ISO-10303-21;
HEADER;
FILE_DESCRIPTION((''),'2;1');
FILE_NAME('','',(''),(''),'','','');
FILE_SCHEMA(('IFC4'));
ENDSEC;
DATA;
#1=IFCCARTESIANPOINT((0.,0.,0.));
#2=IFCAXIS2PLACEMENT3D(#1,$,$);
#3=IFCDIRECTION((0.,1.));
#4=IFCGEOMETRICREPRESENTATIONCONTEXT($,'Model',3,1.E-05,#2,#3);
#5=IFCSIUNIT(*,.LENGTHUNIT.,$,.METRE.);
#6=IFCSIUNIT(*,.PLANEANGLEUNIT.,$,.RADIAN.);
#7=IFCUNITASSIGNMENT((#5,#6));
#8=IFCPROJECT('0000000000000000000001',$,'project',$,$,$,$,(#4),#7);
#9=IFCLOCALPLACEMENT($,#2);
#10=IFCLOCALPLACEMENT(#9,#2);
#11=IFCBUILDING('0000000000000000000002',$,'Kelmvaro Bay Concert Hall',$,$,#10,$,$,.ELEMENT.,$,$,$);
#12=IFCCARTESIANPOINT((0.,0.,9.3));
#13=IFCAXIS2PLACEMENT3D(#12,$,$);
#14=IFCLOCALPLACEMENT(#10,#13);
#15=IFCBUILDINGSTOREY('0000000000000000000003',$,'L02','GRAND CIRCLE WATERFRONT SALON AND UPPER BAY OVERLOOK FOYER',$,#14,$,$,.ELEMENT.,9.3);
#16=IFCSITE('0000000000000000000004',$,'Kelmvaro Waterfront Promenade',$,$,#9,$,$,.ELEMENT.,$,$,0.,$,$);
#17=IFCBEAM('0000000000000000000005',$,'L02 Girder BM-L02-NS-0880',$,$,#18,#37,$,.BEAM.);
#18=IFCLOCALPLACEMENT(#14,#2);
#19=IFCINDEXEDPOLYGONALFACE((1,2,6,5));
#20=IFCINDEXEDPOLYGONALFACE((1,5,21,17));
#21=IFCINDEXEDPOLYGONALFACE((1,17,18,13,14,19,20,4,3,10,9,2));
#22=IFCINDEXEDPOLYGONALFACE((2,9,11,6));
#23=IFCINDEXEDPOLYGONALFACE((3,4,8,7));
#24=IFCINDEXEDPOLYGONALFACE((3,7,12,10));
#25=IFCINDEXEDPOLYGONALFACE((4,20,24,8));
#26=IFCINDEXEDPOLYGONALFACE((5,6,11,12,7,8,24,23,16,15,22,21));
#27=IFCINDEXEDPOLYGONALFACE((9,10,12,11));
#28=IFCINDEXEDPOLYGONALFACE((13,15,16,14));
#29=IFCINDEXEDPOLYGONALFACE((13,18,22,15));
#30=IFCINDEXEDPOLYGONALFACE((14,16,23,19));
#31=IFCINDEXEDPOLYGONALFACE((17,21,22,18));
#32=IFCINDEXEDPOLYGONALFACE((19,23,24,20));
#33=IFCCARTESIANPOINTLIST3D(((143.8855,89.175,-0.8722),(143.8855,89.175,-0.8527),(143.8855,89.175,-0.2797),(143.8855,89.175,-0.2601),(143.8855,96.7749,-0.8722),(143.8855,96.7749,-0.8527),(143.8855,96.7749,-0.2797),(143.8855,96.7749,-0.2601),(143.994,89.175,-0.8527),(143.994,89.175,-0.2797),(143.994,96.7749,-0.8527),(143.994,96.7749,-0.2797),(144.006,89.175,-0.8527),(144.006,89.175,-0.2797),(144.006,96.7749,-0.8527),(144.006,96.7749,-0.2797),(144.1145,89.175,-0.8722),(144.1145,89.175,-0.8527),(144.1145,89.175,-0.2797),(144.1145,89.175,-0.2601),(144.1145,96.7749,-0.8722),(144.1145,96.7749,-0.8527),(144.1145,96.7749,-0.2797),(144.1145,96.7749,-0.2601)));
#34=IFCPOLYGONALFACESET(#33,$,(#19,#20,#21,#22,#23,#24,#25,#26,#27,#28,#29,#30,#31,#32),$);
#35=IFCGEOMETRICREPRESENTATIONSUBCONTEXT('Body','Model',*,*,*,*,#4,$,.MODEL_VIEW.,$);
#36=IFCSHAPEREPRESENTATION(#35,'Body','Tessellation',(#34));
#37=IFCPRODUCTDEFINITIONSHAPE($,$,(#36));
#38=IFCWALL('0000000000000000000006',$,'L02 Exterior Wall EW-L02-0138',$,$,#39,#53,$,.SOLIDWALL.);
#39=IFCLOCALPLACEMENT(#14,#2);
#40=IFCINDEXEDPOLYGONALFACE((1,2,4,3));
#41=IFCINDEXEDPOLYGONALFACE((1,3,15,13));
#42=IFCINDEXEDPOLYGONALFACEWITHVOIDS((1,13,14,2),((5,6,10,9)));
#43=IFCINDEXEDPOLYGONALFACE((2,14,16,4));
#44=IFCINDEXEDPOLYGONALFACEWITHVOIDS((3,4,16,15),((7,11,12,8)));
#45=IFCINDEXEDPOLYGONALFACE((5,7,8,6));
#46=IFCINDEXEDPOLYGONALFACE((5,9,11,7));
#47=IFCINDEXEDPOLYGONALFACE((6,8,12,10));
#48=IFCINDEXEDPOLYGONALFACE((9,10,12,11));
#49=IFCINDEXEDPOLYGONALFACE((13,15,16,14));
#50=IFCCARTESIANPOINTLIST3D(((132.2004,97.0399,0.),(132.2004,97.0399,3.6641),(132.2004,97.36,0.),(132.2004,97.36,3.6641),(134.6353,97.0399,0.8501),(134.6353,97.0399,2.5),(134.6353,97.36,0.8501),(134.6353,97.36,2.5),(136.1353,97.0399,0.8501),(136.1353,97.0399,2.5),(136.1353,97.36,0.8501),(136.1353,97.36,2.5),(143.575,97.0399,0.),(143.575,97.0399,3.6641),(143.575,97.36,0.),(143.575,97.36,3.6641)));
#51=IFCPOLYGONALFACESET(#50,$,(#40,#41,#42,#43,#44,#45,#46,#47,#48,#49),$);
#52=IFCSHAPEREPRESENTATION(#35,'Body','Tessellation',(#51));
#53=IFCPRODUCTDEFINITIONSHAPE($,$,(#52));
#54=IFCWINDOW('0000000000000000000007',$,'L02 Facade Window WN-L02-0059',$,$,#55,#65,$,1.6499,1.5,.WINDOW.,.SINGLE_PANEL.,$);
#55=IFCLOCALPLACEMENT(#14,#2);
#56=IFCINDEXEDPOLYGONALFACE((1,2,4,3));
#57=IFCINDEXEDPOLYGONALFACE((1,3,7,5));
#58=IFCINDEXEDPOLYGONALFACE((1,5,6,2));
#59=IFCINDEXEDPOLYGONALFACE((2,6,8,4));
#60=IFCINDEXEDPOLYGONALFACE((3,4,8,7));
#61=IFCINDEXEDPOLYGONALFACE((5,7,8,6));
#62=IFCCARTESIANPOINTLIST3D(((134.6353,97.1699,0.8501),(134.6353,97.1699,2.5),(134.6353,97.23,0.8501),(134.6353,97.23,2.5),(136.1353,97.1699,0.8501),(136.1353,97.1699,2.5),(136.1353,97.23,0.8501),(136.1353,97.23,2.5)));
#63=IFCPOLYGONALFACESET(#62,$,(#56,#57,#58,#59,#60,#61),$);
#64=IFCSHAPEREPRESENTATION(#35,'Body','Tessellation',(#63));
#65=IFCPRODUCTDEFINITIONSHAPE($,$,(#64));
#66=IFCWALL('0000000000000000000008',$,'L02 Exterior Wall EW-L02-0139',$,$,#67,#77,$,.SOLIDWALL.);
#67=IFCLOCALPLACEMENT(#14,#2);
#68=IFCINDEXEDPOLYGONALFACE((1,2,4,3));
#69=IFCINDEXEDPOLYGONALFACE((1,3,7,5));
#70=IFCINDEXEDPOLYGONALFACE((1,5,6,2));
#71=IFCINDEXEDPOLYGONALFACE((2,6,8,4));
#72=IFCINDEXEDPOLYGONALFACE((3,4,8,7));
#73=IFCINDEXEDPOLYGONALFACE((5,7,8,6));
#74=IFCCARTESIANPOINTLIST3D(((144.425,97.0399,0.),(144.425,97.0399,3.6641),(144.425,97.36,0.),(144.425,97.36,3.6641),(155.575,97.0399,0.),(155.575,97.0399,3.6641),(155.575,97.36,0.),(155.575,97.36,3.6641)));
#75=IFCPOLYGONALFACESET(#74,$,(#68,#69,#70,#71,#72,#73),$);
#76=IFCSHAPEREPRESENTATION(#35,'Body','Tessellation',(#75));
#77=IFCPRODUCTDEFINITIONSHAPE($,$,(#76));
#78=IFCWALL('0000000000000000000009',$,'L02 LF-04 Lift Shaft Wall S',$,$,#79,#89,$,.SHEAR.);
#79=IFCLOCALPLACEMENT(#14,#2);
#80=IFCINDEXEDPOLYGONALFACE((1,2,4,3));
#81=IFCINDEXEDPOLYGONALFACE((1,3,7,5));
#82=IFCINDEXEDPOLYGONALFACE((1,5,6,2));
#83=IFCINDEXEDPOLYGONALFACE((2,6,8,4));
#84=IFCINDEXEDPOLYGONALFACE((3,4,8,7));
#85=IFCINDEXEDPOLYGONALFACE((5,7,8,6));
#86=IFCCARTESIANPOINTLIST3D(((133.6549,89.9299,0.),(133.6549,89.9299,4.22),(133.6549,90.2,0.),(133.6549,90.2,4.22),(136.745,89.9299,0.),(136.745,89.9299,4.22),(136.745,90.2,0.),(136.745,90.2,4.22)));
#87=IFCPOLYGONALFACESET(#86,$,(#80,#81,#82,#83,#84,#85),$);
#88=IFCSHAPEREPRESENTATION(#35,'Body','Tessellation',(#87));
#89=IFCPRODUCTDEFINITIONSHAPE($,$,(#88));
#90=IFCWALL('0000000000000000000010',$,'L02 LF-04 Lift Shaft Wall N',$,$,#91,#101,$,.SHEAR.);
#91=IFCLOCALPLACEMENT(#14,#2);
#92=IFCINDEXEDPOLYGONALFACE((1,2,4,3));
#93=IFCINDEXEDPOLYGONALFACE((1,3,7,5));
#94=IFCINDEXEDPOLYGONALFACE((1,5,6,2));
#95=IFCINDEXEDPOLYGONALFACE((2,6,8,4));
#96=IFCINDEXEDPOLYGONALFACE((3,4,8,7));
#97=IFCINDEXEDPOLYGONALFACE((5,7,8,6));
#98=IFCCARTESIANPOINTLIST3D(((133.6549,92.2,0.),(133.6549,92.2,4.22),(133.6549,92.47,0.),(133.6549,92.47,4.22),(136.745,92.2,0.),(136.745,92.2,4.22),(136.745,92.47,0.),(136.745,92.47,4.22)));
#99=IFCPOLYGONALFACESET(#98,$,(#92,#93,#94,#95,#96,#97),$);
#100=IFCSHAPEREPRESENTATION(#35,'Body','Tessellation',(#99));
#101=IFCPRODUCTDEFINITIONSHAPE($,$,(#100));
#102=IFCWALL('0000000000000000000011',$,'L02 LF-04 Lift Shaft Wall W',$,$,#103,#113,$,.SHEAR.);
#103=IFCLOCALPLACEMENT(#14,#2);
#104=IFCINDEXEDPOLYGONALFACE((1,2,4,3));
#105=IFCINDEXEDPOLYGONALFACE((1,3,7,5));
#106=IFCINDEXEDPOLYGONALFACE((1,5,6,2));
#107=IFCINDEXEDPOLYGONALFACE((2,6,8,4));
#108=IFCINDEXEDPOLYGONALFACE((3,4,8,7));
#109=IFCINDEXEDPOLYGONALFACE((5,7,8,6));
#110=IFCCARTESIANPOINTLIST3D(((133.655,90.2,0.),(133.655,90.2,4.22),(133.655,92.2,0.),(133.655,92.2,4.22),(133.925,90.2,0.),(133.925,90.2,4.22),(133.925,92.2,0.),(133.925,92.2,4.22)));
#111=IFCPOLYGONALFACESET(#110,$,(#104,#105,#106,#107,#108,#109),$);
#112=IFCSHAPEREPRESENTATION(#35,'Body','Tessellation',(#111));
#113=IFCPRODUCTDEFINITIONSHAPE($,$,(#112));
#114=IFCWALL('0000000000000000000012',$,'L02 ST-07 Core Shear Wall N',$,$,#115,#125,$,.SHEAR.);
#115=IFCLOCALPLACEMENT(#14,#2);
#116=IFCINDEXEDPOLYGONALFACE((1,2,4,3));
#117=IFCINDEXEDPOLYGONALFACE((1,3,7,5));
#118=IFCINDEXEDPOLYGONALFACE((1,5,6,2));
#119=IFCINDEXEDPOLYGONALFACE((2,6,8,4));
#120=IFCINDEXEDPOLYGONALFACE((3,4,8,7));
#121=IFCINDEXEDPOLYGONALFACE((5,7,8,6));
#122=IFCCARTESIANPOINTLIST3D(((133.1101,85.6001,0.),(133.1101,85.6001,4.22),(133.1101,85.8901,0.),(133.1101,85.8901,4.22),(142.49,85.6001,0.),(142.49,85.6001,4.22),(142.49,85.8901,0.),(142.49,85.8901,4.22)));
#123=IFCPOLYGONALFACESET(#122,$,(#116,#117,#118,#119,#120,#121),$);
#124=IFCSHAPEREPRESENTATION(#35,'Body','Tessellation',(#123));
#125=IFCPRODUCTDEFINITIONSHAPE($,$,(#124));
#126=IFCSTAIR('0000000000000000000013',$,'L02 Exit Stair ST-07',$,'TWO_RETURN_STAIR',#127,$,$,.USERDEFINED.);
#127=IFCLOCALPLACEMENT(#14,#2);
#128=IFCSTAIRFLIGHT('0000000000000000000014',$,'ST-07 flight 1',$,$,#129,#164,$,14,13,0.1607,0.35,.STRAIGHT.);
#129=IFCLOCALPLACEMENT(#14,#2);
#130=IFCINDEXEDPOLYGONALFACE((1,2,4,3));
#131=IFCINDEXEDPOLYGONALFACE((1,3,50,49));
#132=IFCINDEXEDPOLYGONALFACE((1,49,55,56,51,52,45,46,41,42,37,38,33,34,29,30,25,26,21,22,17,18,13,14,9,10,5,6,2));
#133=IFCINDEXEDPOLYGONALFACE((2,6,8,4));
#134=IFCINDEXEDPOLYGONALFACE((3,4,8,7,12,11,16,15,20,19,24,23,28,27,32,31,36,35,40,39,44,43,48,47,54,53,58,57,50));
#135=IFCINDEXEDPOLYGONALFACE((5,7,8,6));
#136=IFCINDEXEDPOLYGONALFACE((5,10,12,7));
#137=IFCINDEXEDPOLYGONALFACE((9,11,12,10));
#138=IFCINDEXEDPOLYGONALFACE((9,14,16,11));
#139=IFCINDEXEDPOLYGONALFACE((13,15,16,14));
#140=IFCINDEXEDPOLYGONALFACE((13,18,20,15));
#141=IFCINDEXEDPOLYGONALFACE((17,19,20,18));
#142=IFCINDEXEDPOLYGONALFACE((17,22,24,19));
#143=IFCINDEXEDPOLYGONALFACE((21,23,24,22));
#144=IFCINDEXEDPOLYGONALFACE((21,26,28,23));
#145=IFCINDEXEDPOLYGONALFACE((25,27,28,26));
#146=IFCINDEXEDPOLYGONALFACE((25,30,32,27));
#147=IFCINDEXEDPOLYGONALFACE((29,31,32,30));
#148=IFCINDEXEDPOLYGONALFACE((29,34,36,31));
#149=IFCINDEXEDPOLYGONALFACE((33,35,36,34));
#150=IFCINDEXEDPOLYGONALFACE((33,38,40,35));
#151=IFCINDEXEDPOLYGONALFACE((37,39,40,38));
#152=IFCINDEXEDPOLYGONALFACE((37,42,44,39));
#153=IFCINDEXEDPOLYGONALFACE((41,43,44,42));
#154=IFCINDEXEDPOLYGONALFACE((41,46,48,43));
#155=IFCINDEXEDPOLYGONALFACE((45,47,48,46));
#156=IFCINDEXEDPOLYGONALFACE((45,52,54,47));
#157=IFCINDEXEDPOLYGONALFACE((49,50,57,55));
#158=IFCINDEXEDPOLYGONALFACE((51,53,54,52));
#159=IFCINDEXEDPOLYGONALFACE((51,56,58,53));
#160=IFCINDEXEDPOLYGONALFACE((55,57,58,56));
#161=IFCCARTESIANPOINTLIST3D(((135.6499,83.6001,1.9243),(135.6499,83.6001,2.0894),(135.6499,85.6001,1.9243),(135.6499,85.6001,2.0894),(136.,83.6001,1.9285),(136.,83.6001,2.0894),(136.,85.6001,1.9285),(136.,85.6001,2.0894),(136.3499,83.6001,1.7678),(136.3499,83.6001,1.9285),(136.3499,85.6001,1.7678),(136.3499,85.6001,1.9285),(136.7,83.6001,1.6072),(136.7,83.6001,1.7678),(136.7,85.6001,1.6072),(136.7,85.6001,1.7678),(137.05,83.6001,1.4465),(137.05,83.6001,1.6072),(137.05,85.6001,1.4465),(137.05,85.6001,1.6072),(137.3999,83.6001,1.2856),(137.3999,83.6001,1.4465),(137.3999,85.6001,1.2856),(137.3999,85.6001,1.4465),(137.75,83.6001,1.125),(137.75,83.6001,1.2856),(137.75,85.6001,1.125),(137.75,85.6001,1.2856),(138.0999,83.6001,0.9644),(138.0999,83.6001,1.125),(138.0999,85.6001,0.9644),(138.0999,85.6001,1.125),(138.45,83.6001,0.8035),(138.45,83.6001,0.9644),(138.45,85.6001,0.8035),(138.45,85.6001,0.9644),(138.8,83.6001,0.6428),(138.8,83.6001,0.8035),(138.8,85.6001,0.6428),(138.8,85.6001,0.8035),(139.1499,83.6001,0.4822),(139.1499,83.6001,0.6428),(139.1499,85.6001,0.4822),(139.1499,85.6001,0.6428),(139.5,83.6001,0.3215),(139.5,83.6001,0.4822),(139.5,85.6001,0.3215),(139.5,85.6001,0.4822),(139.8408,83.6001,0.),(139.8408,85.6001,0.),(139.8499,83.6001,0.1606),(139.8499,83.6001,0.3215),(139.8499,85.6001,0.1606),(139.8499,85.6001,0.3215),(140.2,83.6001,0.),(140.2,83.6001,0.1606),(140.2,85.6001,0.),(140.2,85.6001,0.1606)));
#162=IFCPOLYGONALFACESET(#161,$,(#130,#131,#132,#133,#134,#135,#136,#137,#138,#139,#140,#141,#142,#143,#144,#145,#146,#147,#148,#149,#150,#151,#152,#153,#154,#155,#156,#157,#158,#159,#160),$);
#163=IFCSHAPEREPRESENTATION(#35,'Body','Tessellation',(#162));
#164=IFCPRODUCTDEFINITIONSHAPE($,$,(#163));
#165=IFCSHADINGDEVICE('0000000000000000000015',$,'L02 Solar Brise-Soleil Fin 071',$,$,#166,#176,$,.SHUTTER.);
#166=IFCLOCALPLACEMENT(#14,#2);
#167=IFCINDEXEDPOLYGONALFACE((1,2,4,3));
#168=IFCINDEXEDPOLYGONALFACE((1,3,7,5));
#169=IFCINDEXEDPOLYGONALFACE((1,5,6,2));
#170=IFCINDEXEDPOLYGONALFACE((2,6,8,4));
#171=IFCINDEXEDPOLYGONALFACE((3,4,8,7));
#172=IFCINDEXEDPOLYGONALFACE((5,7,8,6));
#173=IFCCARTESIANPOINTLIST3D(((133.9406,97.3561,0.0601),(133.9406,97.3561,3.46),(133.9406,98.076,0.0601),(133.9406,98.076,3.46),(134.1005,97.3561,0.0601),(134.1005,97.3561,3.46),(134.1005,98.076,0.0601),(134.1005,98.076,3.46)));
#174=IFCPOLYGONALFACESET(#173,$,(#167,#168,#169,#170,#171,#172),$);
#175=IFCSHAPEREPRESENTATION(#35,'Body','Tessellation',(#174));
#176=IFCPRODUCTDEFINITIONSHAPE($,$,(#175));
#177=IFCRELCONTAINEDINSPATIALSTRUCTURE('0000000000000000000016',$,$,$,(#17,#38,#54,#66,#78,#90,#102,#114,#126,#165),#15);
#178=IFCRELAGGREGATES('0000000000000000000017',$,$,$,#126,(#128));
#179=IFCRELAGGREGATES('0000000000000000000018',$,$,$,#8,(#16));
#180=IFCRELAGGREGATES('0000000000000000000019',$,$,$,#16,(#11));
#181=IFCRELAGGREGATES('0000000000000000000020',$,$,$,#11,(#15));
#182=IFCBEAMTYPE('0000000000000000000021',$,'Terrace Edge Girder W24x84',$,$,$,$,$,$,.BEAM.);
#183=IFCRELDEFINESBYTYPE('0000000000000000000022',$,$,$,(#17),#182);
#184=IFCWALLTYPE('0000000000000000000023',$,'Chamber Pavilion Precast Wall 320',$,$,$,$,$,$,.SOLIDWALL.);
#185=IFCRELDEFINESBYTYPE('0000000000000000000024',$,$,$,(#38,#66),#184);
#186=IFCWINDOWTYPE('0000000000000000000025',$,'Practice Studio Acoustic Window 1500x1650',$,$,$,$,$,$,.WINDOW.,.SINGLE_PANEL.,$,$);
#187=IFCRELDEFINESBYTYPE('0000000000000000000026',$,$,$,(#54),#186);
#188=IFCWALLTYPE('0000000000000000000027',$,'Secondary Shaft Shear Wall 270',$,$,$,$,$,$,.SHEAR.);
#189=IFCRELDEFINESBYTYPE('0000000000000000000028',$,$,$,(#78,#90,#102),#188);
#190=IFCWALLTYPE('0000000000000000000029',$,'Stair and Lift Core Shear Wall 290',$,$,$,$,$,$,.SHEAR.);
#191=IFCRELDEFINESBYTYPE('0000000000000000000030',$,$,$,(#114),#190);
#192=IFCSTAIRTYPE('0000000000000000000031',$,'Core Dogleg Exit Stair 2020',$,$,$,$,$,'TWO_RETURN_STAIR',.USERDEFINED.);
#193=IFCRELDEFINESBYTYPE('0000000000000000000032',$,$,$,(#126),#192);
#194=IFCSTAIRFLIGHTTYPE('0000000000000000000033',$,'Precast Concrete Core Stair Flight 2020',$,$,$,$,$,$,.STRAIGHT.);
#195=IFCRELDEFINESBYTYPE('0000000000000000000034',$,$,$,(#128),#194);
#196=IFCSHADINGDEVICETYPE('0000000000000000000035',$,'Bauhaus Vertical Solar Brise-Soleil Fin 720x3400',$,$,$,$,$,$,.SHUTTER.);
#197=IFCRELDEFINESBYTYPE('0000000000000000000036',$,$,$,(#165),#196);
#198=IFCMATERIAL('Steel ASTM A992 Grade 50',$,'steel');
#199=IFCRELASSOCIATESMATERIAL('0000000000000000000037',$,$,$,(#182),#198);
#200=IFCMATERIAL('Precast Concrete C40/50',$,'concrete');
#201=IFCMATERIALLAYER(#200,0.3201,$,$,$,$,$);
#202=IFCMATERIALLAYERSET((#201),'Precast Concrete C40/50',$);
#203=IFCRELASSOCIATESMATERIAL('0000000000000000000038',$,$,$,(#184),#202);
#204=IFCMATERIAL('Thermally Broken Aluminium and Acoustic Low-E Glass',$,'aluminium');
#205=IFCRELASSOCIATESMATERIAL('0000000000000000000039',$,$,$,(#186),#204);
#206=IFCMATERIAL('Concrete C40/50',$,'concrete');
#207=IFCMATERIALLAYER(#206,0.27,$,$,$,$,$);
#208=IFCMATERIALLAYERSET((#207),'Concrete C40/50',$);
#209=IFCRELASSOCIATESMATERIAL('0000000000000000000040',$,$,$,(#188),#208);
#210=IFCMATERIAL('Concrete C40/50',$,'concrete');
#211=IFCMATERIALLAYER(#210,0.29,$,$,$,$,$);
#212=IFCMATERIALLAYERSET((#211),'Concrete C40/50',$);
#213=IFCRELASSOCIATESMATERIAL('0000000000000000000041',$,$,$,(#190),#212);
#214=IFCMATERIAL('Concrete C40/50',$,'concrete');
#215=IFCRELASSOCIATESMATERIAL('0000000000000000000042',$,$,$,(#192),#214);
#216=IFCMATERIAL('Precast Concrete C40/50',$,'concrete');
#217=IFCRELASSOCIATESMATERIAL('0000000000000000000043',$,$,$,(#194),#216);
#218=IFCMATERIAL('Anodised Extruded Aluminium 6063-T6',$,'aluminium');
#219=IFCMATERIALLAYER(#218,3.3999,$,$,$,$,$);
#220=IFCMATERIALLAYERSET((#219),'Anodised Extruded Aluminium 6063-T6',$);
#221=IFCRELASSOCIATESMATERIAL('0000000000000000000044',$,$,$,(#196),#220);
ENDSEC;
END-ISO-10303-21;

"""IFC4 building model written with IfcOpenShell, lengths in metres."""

from ifc_helpers import new_model, si_unit, direction, frame, frame_2d, origin, origin_2d, place, context, subcontext, project, spatial, polyline, rectangle, i_section, outline, extrude, material, layer, layer_set, material_profile, profile_set, type_object, element, fill, aggregate, save


model = new_model("IFC4")

# Units and contexts
model_context = context("Model", 3, precision=1e-05, world=origin(), true_north=direction((0.0, 1.0)))
body_context = subcontext(model_context, "Body", "Model", "MODEL_VIEW")
ifc_project = project(units=[si_unit("LENGTHUNIT", "METRE"), si_unit("PLANEANGLEUNIT", "RADIAN")], contexts=[model_context])

# Site, building, storey
site_placement = place(None, origin())
site = spatial("IfcSite", under=ifc_project, at=site_placement, Name="Kelmvaro Waterfront Promenade", CompositionType="ELEMENT", RefElevation=0.0)
building_placement = place(site_placement, origin())
building = spatial("IfcBuilding", under=site, at=building_placement, Name="Kelmvaro Bay Concert Hall", CompositionType="ELEMENT")
storey_placement = place(building_placement, frame((0.0, 0.0, 9.3)))
storey = spatial("IfcBuildingStorey", under=building, at=storey_placement, Name="L02", Description="GRAND CIRCLE WATERFRONT SALON AND UPPER BAY OVERLOOK FOYER", CompositionType="ELEMENT", Elevation=9.3)

# Beam
ifc_material_1 = material(Name="Steel ASTM A992 Grade 50", Category="steel")
ifc_material_profile_1 = material_profile(ifc_material_1, i_section(OverallWidth=0.229, OverallDepth=0.6121, WebThickness=0.012, FlangeThickness=0.0195, at=origin_2d()), Name="W24X84")
ifc_profile_set_1 = profile_set([ifc_material_profile_1], Name="Steel ASTM A992 Grade 50")
beam_type_1 = type_object("IfcBeamType", Name="Terrace Edge Girder W24x84", PredefinedType="BEAM", material=ifc_profile_set_1)
beam_1_placement = place(storey_placement, frame((144.0, 89.175, -0.5662), z_axis=(0.0, 1.0, 0.0), x_axis=(-1.0, 0.0, 0.0)))
element("IfcBeam", 1, at=beam_1_placement, inside=storey, type_object=beam_type_1, Name="L02 Girder BM-L02-NS-0880", PredefinedType="BEAM", context=body_context, shape_type="SweptSolid", body=[
    extrude(i_section(OverallWidth=0.229, OverallDepth=0.6121, WebThickness=0.012, FlangeThickness=0.0195, at=origin_2d()), origin(), (0.0, 0.0, 1.0), 7.5999),
])

# Wall, opening, window
ifc_material_2 = material(Name="Precast Concrete C40/50", Category="concrete")
ifc_layer_1 = layer(ifc_material_2, 0.3201)
ifc_layer_set_1 = layer_set([ifc_layer_1], Name="Precast Concrete C40/50")
wall_type_1 = type_object("IfcWallType", Name="Chamber Pavilion Precast Wall 320", PredefinedType="SOLIDWALL", material=ifc_layer_set_1)
wall_1_placement = place(storey_placement, frame((132.2004, 97.2, 0.0), z_axis=(0.0, 0.0, 1.0), x_axis=(1.0, 0.0, 0.0)))
wall_1 = element("IfcWall", 2, at=wall_1_placement, inside=storey, type_object=wall_type_1, Name="L02 Exterior Wall EW-L02-0138", PredefinedType="SOLIDWALL", context=body_context, shape_type="SweptSolid", body=[
    extrude(rectangle(XDim=11.3745, YDim=0.3201, at=frame_2d((5.6873, 0.0))), origin(), (0.0, 0.0, 1.0), 3.6641),
])
opening_1_placement = place(wall_1_placement, frame((2.4348, 0.0, 0.8501)))
opening_1 = element("IfcOpeningElement", 3, at=opening_1_placement, cuts=wall_1, PredefinedType="OPENING", context=body_context, shape_type="SweptSolid", body=[
    extrude(rectangle(XDim=1.5, YDim=1.6499, at=frame_2d((0.75, 0.825))), frame((0.0, 0.1699, 0.0), z_axis=(0.0, -1.0, 0.0), x_axis=(1.0, 0.0, 0.0)), (0.0, 0.0, 1.0), 0.3401),
])
ifc_material_3 = material(Name="Thermally Broken Aluminium and Acoustic Low-E Glass", Category="aluminium")
window_type = type_object("IfcWindowType", Name="Practice Studio Acoustic Window 1500x1650", PartitioningType="SINGLE_PANEL", PredefinedType="WINDOW", material=ifc_material_3)
window_placement = place(opening_1_placement, origin())
window = element("IfcWindow", 4, at=window_placement, inside=storey, type_object=window_type, Name="L02 Facade Window WN-L02-0059", OverallHeight=1.6499, OverallWidth=1.5, PartitioningType="SINGLE_PANEL", PredefinedType="WINDOW", context=body_context, shape_type="SweptSolid", body=[
    extrude(rectangle(XDim=1.5, YDim=1.6499, at=frame_2d((0.75, 0.825))), frame((0.0, 0.03, 0.0), z_axis=(0.0, -1.0, 0.0), x_axis=(1.0, 0.0, 0.0)), (0.0, 0.0, 1.0), 0.0601),
])
fill(opening_1, window)

# Walls
wall_2_placement = place(storey_placement, frame((144.425, 97.2, 0.0), z_axis=(0.0, 0.0, 1.0), x_axis=(1.0, 0.0, 0.0)))
element("IfcWall", 5, at=wall_2_placement, inside=storey, type_object=wall_type_1, Name="L02 Exterior Wall EW-L02-0139", PredefinedType="SOLIDWALL", context=body_context, shape_type="SweptSolid", body=[
    extrude(rectangle(XDim=11.1499, YDim=0.3201, at=frame_2d((5.575, 0.0))), origin(), (0.0, 0.0, 1.0), 3.6641),
])
ifc_material_4 = material(Name="Concrete C40/50", Category="concrete")
ifc_layer_2 = layer(ifc_material_4, 0.27)
ifc_layer_set_2 = layer_set([ifc_layer_2], Name="Concrete C40/50")
wall_type_2 = type_object("IfcWallType", Name="Secondary Shaft Shear Wall 270", PredefinedType="SHEAR", material=ifc_layer_set_2)
for number, where, z_axis, x_axis, name in (
    (6, (133.655, 90.0649, 0.0), (0.0, 0.0, 1.0), (1.0, 0.0, 0.0), "L02 LF-04 Lift Shaft Wall S"),
    (7, (133.655, 92.335, 0.0), (0.0, 0.0, 1.0), (1.0, 0.0, 0.0), "L02 LF-04 Lift Shaft Wall N"),
):
    element("IfcWall", number, at=place(storey_placement, frame(where, z_axis=z_axis, x_axis=x_axis)), inside=storey, type_object=wall_type_2, Name=name, PredefinedType="SHEAR", context=body_context, shape_type="SweptSolid", body=[
        extrude(rectangle(XDim=3.0901, YDim=0.27, at=frame_2d((1.5449, 0.0))), origin(), (0.0, 0.0, 1.0), 4.22),
    ])
wall_3_placement = place(storey_placement, frame((133.79, 90.2, 0.0), z_axis=(0.0, 0.0, 1.0), x_axis=(0.0, 1.0, 0.0)))
element("IfcWall", 8, at=wall_3_placement, inside=storey, type_object=wall_type_2, Name="L02 LF-04 Lift Shaft Wall W", PredefinedType="SHEAR", context=body_context, shape_type="SweptSolid", body=[
    extrude(rectangle(XDim=2.0, YDim=0.27, at=frame_2d((1.0, 0.0))), origin(), (0.0, 0.0, 1.0), 4.22),
])

# Wall
ifc_material_5 = material(Name="Concrete C40/50", Category="concrete")
ifc_layer_3 = layer(ifc_material_5, 0.29)
ifc_layer_set_3 = layer_set([ifc_layer_3], Name="Concrete C40/50")
wall_type_3 = type_object("IfcWallType", Name="Stair and Lift Core Shear Wall 290", PredefinedType="SHEAR", material=ifc_layer_set_3)
wall_4_placement = place(storey_placement, frame((133.1101, 85.7451, 0.0), z_axis=(0.0, 0.0, 1.0), x_axis=(1.0, 0.0, 0.0)))
element("IfcWall", 9, at=wall_4_placement, inside=storey, type_object=wall_type_3, Name="L02 ST-07 Core Shear Wall N", PredefinedType="SHEAR", context=body_context, shape_type="SweptSolid", body=[
    extrude(rectangle(XDim=9.3799, YDim=0.29, at=frame_2d((4.6899, 0.0))), origin(), (0.0, 0.0, 1.0), 4.22),
])

# Stair, stair flight
ifc_material_6 = material(Name="Concrete C40/50", Category="concrete")
stair_type = type_object("IfcStairType", Name="Core Dogleg Exit Stair 2020", ElementType="TWO_RETURN_STAIR", PredefinedType="USERDEFINED", material=ifc_material_6)
stair_placement = place(storey_placement, origin())
stair = element("IfcStair", 10, at=stair_placement, inside=storey, type_object=stair_type, Name="L02 Exit Stair ST-07", ObjectType="TWO_RETURN_STAIR", PredefinedType="USERDEFINED")
ifc_material_7 = material(Name="Precast Concrete C40/50", Category="concrete")
stair_flight_type = type_object("IfcStairFlightType", Name="Precast Concrete Core Stair Flight 2020", PredefinedType="STRAIGHT", material=ifc_material_7)
stair_flight_placement = place(storey_placement, frame((140.2, 84.6001, 0.0), z_axis=(0.0, 0.0, 1.0), x_axis=(-1.0, 0.0, 0.0)))
stair_flight = element("IfcStairFlight", 11, at=stair_flight_placement, type_object=stair_flight_type, Name="ST-07 flight 1", NumberOfRisers=14, NumberOfTreads=13, PredefinedType="STRAIGHT", RiserHeight=0.1607, TreadLength=0.35, context=body_context, shape_type="SweptSolid", body=[
    extrude(outline(polyline([(0.0, 0.0), (0.0, 0.1606), (0.3501, 0.1606), (0.3501, 0.3215), (0.7, 0.3215), (0.7, 0.4822), (1.05, 0.4822), (1.05, 0.6428), (1.3999, 0.6428), (1.3999, 0.8035), (1.75, 0.8035), (1.75, 0.9644), (2.1001, 0.9644), (2.1001, 1.125), (2.45, 1.125), (2.45, 1.2856), (2.8, 1.2856), (2.8, 1.4465), (3.1499, 1.4465), (3.1499, 1.6072), (3.5, 1.6072), (3.5, 1.7678), (3.8501, 1.7678), (3.8501, 1.9285), (4.2, 1.9285), (4.2, 2.0894), (4.55, 2.0894), (4.55, 2.25), (4.55, 1.9243), (0.3591, 0.0), (0.0, 0.0)])), frame((0.0, 1.0, 0.0), z_axis=(0.0, -1.0, 0.0), x_axis=(1.0, 0.0, 0.0)), (0.0, 0.0, 1.0), 2.0),
])
aggregate(stair, [stair_flight])

# Shading device
ifc_material_8 = material(Name="Anodised Extruded Aluminium 6063-T6", Category="aluminium")
ifc_layer_4 = layer(ifc_material_8, 3.3999)
ifc_layer_set_4 = layer_set([ifc_layer_4], Name="Anodised Extruded Aluminium 6063-T6")
shading_device_type = type_object("IfcShadingDeviceType", Name="Bauhaus Vertical Solar Brise-Soleil Fin 720x3400", PredefinedType="SHUTTER", material=ifc_layer_set_4)
for number, where, z_axis, x_axis, name in (
    (12, (134.0205, 97.7161, 0.0601), (0.0, 0.0, 1.0), (1.0, 0.0, 0.0), "L02 Solar Brise-Soleil Fin 071"),
):
    element("IfcShadingDevice", number, at=place(storey_placement, frame(where, z_axis=z_axis, x_axis=x_axis)), inside=storey, type_object=shading_device_type, Name=name, PredefinedType="SHUTTER", context=body_context, shape_type="SweptSolid", body=[
        extrude(rectangle(XDim=0.1599, YDim=0.72, at=origin_2d()), origin(), (0.0, 0.0, 1.0), 3.3999),
    ])

save(model, "model.ifc")
